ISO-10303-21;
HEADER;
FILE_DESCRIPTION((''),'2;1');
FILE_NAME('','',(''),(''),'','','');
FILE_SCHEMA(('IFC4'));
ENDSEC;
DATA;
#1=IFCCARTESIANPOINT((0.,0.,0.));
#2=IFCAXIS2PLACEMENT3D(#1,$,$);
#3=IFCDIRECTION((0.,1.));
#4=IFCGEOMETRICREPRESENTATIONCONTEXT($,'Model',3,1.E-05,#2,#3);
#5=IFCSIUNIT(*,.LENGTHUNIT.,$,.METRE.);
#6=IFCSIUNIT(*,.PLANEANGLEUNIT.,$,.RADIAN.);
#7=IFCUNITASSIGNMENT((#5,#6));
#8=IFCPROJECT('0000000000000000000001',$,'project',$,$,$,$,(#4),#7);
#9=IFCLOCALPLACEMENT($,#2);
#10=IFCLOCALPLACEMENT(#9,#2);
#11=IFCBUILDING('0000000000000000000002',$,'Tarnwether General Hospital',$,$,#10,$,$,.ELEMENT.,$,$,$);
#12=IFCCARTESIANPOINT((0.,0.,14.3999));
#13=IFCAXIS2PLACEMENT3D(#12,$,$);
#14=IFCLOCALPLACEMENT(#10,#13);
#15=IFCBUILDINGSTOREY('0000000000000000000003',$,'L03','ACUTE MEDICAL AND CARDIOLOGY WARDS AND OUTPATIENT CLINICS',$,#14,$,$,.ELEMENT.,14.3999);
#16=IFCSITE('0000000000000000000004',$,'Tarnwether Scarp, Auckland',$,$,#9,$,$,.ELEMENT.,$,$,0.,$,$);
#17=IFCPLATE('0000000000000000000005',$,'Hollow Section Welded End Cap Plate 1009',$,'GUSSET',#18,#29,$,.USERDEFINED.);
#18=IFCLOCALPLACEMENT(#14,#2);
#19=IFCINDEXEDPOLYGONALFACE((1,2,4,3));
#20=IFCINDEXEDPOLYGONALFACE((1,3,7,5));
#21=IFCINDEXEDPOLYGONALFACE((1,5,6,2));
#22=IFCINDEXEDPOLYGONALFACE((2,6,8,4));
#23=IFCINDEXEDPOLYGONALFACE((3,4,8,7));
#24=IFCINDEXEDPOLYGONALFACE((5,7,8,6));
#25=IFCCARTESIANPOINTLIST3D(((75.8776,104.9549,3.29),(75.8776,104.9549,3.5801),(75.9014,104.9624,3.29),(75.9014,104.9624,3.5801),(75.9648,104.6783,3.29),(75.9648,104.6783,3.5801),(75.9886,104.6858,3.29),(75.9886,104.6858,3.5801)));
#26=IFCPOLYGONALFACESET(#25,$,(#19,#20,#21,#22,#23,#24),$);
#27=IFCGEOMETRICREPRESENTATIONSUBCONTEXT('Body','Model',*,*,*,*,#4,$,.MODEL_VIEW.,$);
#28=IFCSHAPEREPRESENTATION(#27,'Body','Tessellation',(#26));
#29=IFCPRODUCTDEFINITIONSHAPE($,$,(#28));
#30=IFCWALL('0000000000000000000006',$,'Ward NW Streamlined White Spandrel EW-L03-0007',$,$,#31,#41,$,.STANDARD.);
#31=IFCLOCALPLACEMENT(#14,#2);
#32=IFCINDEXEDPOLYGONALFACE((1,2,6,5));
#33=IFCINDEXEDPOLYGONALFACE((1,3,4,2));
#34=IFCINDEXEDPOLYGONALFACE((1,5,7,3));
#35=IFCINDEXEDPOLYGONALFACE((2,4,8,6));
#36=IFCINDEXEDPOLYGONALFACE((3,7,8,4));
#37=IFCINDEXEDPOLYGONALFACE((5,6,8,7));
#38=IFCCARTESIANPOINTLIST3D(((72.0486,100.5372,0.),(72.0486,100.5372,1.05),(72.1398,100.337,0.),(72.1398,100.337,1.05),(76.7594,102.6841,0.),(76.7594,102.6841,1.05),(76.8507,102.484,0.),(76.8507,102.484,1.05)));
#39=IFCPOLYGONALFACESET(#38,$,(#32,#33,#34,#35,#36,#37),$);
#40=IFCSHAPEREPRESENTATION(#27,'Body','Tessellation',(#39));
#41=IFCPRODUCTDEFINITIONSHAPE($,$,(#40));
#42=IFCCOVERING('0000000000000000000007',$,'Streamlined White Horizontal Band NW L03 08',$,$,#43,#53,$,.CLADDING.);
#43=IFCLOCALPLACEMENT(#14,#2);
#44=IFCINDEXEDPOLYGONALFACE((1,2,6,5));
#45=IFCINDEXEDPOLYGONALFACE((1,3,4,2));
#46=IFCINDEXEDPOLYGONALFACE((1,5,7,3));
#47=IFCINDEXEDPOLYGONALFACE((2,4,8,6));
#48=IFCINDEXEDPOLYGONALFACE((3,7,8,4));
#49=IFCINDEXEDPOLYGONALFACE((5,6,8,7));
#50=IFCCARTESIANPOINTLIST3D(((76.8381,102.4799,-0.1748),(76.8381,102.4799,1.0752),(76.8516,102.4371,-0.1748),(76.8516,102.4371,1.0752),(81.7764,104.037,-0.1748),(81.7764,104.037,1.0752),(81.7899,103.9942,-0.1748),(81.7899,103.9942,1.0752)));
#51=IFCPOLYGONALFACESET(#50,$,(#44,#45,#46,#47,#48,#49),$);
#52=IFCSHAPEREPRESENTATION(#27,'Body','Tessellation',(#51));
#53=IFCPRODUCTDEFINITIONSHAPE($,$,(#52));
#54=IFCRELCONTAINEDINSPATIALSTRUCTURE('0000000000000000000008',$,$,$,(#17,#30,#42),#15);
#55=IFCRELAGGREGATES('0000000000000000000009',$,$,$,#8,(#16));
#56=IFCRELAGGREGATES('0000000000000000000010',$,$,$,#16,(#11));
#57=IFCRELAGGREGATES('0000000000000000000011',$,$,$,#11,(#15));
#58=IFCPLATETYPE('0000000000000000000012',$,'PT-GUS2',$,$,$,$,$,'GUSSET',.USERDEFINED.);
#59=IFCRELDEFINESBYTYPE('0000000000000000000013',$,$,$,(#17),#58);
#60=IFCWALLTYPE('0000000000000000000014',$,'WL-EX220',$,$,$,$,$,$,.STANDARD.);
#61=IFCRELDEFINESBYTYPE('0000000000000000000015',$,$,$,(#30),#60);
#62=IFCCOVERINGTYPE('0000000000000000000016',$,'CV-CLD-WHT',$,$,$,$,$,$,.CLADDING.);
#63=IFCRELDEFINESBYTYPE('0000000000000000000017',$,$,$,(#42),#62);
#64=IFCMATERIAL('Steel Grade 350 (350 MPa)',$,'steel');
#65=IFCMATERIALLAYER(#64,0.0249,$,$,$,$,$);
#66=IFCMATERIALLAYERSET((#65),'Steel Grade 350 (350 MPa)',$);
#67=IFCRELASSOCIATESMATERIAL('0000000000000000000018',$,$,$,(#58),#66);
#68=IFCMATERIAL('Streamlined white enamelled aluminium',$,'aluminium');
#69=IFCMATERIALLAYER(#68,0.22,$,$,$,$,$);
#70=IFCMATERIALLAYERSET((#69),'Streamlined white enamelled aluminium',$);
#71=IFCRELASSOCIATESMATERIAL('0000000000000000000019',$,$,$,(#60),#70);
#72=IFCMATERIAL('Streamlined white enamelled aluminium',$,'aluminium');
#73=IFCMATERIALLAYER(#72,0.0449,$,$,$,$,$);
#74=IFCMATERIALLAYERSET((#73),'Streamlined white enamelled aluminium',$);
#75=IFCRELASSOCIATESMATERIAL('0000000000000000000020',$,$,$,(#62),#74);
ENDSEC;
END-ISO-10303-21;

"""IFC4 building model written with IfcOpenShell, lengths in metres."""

from ifc_helpers import new_model, si_unit, direction, frame, frame_2d, origin, origin_2d, place, context, subcontext, project, spatial, rectangle, extrude, material, layer, layer_set, type_object, element, save


model = new_model("IFC4")

# Units and contexts
model_context = context("Model", 3, precision=1e-05, world=origin(), true_north=direction((0.0, 1.0)))
body_context = subcontext(model_context, "Body", "Model", "MODEL_VIEW")
ifc_project = project(units=[si_unit("LENGTHUNIT", "METRE"), si_unit("PLANEANGLEUNIT", "RADIAN")], contexts=[model_context])

# Site, building, storey
site_placement = place(None, origin())
site = spatial("IfcSite", under=ifc_project, at=site_placement, Name="Tarnwether Scarp, Auckland", CompositionType="ELEMENT", RefElevation=0.0)
building_placement = place(site_placement, origin())
building = spatial("IfcBuilding", under=site, at=building_placement, Name="Tarnwether General Hospital", CompositionType="ELEMENT")
storey_placement = place(building_placement, frame((0.0, 0.0, 14.3999)))
storey = spatial("IfcBuildingStorey", under=building, at=storey_placement, Name="L03", Description="ACUTE MEDICAL AND CARDIOLOGY WARDS AND OUTPATIENT CLINICS", CompositionType="ELEMENT", Elevation=14.3999)

# Plate
ifc_material_1 = material(Name="Steel Grade 350 (350 MPa)", Category="steel")
ifc_layer_1 = layer(ifc_material_1, 0.0249)
ifc_layer_set_1 = layer_set([ifc_layer_1], Name="Steel Grade 350 (350 MPa)")
plate_type_1 = type_object("IfcPlateType", Name="PT-GUS2", ElementType="GUSSET", PredefinedType="USERDEFINED", material=ifc_layer_set_1)
plate_1_placement = place(storey_placement, frame((75.9331, 104.8203, 3.29), z_axis=(0.0, 0.0, 1.0), x_axis=(0.953712, 0.300722, 0.0)))
element("IfcPlate", 1, at=plate_1_placement, inside=storey, type_object=plate_type_1, Name="Hollow Section Welded End Cap Plate 1009", ObjectType="GUSSET", PredefinedType="USERDEFINED", context=body_context, shape_type="SweptSolid", body=[
    extrude(rectangle(XDim=0.0249, YDim=0.29, at=origin_2d()), origin(), (0.0, 0.0, 1.0), 0.29),
])

# Wall
ifc_material_2 = material(Name="Streamlined white enamelled aluminium", Category="aluminium")
ifc_layer_2 = layer(ifc_material_2, 0.22)
ifc_layer_set_2 = layer_set([ifc_layer_2], Name="Streamlined white enamelled aluminium")
wall_type = type_object("IfcWallType", Name="WL-EX220", PredefinedType="STANDARD", material=ifc_layer_set_2)
wall_placement = place(storey_placement, frame((76.8049, 102.584, 0.0), z_axis=(0.0, 0.0, 1.0), x_axis=(-0.909956, -0.414705, 0.0)))
element("IfcWall", 2, at=wall_placement, inside=storey, type_object=wall_type, Name="Ward NW Streamlined White Spandrel EW-L03-0007", PredefinedType="STANDARD", context=body_context, shape_type="SweptSolid", body=[
    extrude(rectangle(XDim=5.177, YDim=0.22, at=frame_2d((2.5884, 0.0))), origin(), (0.0, 0.0, 1.0), 1.05),
])

# Covering
ifc_material_3 = material(Name="Streamlined white enamelled aluminium", Category="aluminium")
ifc_layer_3 = layer(ifc_material_3, 0.0449)
ifc_layer_set_3 = layer_set([ifc_layer_3], Name="Streamlined white enamelled aluminium")
covering_type = type_object("IfcCoveringType", Name="CV-CLD-WHT", PredefinedType="CLADDING", material=ifc_layer_set_3)
covering_placement = place(storey_placement, frame((79.314, 103.2371, -0.1748), z_axis=(0.0, 0.0, 1.0), x_axis=(-0.953712, -0.300722, 0.0)))
element("IfcCovering", 3, at=covering_placement, inside=storey, type_object=covering_type, Name="Streamlined White Horizontal Band NW L03 08", PredefinedType="CLADDING", context=body_context, shape_type="SweptSolid", body=[
    extrude(rectangle(XDim=5.178, YDim=0.0449, at=origin_2d()), origin(), (0.0, 0.0, 1.0), 1.25),
])

save(model, "model.ifc")
